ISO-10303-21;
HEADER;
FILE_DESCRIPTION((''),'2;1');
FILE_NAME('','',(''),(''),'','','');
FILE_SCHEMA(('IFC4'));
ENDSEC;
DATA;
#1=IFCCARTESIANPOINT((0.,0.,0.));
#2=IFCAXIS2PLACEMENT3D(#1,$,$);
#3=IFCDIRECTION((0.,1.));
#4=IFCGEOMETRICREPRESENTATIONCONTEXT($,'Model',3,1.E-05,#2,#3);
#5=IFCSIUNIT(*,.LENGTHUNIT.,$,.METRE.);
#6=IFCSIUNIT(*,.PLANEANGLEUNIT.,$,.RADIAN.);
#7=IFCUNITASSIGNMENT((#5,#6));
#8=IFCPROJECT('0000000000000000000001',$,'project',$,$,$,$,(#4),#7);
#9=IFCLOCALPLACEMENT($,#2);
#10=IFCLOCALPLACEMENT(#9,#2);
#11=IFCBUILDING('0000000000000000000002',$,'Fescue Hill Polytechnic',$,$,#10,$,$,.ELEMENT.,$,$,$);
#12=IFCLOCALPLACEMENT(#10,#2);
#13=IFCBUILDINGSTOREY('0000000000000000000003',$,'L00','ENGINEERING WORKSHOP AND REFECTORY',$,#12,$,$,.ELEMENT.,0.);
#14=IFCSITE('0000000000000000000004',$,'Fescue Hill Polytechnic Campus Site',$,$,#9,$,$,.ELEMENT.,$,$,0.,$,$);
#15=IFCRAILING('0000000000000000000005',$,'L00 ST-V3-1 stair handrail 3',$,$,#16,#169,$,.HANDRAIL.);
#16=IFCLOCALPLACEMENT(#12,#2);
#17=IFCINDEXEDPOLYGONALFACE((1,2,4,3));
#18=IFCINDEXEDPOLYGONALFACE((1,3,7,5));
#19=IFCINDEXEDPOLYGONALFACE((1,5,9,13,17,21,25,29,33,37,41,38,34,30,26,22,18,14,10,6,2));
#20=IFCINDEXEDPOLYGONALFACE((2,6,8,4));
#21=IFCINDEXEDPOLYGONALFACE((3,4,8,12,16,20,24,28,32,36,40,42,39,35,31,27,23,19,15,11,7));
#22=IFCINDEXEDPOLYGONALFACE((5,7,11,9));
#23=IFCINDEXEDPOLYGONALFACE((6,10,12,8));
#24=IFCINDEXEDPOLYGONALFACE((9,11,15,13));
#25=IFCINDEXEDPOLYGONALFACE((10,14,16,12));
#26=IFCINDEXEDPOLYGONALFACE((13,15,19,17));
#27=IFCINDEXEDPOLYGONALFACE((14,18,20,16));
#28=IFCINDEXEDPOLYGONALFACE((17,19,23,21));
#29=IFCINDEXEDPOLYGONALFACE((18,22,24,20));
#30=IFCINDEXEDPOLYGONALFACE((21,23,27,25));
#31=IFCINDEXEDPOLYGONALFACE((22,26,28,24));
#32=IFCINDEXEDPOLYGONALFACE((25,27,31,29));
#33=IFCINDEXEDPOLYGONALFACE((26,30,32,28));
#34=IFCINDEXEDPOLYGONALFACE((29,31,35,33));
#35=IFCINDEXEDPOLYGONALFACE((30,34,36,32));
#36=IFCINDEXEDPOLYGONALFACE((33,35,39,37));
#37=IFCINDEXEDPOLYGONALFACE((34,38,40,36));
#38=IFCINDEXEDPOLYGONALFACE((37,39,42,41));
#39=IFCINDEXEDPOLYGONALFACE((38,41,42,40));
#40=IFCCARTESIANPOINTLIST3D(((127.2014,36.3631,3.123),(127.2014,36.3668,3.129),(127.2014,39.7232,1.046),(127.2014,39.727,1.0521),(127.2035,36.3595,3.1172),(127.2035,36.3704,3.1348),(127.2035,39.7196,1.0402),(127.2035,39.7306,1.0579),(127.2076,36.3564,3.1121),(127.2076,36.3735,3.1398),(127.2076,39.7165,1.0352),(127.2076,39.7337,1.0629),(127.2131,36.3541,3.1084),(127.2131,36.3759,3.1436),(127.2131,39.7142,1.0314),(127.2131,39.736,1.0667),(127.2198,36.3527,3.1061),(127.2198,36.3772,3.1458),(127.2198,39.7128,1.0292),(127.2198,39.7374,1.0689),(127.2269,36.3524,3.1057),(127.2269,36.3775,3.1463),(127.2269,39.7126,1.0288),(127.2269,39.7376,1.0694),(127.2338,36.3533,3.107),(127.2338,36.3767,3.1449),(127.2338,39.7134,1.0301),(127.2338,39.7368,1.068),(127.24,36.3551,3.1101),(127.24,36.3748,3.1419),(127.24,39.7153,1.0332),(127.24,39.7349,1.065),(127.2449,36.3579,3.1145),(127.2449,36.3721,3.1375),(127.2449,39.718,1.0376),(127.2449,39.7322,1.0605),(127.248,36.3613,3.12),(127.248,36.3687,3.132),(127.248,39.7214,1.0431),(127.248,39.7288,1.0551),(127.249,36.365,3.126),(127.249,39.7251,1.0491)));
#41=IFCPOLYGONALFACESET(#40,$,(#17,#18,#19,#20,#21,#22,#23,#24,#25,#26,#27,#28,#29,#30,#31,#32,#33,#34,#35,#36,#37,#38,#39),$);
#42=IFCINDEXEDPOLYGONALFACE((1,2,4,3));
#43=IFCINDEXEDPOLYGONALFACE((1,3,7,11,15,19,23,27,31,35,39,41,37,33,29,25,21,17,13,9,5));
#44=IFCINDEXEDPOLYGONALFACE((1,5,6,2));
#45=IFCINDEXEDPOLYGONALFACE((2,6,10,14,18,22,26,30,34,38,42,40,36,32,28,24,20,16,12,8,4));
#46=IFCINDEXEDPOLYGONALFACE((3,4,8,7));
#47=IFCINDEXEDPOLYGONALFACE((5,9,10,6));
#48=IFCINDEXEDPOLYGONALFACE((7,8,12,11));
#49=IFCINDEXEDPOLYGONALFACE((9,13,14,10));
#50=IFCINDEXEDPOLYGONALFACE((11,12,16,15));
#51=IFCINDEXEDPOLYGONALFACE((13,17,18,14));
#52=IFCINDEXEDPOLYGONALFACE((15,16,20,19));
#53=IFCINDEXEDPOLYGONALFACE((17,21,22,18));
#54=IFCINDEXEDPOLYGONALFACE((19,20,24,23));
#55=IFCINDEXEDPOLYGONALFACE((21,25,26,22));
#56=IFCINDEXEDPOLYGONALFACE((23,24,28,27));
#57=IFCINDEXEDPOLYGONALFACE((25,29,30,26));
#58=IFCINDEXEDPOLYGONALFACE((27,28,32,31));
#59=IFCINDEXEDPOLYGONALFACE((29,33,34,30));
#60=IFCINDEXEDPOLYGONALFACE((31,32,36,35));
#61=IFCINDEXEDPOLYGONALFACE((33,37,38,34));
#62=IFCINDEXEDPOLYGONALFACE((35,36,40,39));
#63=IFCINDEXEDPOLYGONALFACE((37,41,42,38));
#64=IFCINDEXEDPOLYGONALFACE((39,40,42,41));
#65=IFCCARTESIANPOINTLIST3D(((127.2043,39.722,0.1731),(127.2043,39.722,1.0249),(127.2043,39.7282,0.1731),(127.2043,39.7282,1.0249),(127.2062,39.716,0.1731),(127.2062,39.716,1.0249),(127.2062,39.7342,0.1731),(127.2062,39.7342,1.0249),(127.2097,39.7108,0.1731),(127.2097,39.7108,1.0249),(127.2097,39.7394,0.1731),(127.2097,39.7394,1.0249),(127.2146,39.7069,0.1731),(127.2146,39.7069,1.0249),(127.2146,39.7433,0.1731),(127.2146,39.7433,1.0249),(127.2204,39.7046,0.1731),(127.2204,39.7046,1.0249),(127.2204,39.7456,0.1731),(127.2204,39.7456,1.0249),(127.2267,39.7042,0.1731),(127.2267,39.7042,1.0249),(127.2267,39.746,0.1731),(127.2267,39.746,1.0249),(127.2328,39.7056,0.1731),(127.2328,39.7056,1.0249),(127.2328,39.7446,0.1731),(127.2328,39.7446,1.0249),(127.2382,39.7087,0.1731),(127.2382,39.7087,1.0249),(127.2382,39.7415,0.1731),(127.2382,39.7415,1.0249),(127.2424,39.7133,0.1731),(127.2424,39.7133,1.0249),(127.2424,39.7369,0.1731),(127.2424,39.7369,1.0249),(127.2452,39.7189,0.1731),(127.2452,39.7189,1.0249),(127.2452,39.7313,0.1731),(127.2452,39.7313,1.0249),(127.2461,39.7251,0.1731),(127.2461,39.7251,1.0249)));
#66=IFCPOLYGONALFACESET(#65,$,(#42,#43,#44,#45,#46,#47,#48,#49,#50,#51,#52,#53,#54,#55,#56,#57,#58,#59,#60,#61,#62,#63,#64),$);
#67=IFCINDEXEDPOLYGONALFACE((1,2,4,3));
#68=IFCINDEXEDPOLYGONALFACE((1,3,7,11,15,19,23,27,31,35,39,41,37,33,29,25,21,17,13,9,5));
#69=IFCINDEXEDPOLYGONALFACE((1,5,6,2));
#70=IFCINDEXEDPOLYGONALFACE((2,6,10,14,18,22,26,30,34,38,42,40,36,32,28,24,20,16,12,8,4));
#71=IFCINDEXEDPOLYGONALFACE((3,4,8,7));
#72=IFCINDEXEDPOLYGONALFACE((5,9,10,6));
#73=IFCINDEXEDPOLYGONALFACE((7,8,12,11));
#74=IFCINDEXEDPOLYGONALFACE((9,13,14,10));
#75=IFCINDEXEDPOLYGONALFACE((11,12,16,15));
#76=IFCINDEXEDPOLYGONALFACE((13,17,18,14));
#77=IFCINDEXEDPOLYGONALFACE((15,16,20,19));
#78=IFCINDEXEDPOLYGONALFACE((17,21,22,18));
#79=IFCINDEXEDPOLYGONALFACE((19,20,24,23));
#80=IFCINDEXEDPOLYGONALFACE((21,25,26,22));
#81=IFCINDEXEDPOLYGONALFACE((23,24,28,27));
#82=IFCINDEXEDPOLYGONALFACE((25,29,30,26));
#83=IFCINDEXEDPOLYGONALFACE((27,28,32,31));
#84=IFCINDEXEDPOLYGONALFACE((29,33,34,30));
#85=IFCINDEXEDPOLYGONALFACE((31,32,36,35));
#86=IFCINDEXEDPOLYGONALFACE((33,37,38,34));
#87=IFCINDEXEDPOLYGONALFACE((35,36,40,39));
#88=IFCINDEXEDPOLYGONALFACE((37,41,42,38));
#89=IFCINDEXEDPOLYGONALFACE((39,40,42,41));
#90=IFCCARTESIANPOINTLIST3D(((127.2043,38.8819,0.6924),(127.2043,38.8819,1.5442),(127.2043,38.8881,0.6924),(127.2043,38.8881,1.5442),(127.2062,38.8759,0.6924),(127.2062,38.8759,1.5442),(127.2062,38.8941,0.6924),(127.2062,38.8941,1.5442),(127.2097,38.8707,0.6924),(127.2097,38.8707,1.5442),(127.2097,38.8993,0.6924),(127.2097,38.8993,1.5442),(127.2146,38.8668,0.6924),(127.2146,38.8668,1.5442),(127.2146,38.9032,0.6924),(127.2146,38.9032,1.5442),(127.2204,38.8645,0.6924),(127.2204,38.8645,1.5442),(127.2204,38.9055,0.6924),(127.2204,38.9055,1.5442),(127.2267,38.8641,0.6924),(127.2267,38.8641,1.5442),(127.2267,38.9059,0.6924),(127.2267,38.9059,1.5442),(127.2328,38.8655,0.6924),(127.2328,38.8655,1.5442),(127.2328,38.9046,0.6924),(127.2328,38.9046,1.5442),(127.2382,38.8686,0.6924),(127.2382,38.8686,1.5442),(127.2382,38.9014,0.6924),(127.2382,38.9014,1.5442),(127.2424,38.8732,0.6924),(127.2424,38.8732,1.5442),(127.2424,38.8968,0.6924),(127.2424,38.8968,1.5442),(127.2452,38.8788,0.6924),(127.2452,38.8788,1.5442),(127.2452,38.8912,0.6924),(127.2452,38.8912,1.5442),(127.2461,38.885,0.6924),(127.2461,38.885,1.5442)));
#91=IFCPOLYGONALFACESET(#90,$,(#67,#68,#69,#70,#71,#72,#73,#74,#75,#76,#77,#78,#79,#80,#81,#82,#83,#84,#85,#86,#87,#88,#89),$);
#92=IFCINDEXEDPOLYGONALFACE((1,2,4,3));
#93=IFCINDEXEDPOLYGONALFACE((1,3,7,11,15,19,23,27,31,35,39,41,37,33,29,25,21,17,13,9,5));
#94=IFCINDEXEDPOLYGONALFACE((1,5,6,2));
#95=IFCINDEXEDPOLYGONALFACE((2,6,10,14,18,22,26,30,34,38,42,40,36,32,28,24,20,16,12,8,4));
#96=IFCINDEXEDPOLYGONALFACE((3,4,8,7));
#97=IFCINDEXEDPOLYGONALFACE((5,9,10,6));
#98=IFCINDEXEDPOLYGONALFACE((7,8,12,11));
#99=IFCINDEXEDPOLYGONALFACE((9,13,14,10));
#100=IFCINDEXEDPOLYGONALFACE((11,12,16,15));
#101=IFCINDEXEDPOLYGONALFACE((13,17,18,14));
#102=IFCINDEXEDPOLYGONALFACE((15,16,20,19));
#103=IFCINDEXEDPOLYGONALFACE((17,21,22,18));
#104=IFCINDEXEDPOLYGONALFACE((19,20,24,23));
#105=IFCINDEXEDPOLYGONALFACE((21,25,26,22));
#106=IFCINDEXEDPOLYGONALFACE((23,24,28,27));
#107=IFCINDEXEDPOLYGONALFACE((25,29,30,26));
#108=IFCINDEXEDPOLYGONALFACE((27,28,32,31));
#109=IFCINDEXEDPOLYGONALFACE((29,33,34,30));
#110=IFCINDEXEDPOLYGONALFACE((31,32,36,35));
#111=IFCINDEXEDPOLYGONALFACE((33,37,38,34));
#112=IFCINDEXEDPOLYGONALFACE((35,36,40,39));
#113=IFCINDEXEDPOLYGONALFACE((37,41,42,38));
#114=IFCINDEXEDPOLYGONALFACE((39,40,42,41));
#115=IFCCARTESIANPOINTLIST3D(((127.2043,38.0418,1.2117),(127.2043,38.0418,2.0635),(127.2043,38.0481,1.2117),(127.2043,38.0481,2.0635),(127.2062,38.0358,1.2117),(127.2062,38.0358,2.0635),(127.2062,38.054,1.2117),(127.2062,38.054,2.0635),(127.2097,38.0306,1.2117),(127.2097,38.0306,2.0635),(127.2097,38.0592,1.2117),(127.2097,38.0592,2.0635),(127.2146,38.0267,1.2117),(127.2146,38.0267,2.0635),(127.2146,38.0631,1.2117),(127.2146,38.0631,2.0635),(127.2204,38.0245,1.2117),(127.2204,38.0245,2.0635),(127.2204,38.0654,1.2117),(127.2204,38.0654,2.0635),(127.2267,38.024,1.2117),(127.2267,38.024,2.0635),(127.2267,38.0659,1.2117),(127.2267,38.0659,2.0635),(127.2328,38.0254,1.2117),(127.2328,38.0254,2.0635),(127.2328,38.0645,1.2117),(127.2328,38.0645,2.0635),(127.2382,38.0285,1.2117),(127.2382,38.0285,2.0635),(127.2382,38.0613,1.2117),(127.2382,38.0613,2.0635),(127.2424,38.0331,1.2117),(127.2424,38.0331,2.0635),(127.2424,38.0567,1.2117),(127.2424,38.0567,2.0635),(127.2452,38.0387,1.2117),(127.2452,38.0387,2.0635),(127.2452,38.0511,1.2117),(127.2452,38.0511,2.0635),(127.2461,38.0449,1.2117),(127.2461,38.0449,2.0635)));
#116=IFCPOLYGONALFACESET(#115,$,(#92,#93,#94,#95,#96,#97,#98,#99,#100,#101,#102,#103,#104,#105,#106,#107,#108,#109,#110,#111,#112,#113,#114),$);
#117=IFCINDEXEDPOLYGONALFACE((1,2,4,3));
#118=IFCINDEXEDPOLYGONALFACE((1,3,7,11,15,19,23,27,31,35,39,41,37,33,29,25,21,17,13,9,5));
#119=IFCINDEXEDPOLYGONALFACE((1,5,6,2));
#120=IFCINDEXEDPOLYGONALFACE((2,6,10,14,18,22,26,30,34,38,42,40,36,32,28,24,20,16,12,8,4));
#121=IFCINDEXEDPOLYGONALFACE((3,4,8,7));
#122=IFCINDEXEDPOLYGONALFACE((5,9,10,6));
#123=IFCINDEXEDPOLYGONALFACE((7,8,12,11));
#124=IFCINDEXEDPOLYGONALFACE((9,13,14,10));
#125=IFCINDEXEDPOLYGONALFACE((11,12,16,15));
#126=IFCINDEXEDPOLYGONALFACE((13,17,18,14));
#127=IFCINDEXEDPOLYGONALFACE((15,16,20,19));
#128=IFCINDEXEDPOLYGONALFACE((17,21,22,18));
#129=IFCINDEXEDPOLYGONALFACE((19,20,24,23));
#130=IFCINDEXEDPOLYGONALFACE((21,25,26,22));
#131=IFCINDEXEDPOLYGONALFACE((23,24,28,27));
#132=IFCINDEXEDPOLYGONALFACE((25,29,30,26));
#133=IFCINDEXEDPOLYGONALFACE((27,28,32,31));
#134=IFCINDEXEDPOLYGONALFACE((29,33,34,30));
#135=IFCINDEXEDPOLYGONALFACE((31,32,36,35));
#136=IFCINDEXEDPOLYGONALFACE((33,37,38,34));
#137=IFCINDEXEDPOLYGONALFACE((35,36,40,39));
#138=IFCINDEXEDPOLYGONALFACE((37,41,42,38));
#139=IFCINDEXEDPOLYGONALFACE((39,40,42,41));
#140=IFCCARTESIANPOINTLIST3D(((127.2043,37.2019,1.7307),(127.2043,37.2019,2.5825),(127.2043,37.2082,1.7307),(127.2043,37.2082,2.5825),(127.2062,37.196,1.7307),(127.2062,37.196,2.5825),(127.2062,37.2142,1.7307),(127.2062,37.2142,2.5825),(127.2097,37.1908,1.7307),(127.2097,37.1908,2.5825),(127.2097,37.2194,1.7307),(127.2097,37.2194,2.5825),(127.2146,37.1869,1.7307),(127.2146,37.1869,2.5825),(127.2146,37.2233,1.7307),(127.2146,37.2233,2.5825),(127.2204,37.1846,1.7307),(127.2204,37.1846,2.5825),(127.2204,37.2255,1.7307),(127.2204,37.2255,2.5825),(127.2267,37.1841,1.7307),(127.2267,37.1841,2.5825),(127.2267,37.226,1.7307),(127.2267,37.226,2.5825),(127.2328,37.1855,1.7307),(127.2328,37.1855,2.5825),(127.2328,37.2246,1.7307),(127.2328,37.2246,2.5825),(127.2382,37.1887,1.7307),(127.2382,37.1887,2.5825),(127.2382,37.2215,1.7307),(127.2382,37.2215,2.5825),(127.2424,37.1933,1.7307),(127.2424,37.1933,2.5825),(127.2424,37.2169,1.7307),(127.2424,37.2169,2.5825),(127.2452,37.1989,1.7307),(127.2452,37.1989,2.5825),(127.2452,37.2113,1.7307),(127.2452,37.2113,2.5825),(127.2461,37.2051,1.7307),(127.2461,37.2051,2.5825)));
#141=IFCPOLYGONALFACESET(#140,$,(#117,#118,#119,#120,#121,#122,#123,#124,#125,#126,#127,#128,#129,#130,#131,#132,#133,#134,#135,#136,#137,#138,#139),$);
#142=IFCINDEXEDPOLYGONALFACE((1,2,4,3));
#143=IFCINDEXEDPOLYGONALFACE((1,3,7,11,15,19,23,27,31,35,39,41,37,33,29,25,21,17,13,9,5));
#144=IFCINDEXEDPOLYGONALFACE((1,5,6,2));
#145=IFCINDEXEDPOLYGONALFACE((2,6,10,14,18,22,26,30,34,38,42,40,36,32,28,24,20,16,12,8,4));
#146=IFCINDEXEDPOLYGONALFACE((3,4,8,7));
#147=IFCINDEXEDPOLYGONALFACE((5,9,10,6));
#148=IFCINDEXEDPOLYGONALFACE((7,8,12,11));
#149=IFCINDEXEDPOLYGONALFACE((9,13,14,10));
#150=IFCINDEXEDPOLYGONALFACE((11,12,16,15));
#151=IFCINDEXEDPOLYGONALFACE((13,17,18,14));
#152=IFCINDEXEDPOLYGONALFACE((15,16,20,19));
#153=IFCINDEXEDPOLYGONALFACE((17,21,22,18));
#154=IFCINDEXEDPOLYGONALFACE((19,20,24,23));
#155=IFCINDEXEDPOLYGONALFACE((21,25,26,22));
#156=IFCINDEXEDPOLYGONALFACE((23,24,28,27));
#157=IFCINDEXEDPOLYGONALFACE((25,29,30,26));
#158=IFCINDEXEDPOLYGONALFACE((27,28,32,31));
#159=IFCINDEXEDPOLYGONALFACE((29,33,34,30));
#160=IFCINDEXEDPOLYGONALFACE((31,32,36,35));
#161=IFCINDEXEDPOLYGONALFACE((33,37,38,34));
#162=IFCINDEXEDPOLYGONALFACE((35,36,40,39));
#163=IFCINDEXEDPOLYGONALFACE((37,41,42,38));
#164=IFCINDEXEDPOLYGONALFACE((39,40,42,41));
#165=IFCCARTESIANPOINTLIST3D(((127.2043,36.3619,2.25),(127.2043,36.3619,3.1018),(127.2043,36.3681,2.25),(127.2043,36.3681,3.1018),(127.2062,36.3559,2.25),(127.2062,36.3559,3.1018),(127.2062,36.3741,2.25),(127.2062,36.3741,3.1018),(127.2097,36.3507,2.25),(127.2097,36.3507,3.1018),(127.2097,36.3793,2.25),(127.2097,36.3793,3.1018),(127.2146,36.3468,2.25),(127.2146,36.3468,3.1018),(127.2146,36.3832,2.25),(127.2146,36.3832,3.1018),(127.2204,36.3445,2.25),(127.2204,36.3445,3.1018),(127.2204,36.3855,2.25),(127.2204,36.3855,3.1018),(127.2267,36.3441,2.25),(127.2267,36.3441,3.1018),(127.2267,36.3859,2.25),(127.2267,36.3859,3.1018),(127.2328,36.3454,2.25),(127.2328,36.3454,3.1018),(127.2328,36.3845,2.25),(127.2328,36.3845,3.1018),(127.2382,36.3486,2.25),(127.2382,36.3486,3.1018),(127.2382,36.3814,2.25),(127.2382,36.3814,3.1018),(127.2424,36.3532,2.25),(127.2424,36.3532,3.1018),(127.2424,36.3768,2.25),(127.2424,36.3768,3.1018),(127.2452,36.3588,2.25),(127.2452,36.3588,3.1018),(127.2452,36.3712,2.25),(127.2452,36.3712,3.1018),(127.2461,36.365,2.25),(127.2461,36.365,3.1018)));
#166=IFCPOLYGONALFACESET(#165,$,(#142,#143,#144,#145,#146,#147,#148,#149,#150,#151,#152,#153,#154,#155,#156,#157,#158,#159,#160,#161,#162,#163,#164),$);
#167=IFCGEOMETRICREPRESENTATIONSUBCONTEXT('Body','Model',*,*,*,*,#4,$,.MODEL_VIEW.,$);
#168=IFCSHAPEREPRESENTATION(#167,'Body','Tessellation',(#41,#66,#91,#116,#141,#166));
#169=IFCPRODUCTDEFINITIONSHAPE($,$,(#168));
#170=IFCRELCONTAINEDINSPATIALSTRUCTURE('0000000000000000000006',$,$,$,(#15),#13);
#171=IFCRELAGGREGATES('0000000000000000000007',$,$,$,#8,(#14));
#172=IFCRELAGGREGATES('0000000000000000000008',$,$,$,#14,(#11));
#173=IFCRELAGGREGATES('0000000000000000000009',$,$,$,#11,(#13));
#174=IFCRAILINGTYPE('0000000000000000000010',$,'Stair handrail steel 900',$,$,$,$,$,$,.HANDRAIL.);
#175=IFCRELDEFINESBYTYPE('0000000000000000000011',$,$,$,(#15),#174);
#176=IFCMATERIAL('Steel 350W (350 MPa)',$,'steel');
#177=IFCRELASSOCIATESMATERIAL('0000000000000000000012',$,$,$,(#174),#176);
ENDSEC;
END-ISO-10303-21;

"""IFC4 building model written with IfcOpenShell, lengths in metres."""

from ifc_helpers import new_model, si_unit, direction, frame, origin, origin_2d, place, context, subcontext, project, spatial, circle, extrude, material, type_object, element, save


model = new_model("IFC4")

# Units and contexts
model_context = context("Model", 3, precision=1e-05, world=origin(), true_north=direction((0.0, 1.0)))
body_context = subcontext(model_context, "Body", "Model", "MODEL_VIEW")
ifc_project = project(units=[si_unit("LENGTHUNIT", "METRE"), si_unit("PLANEANGLEUNIT", "RADIAN")], contexts=[model_context])

# Site, building, storey
site_placement = place(None, origin())
site = spatial("IfcSite", under=ifc_project, at=site_placement, Name="Fescue Hill Polytechnic Campus Site", CompositionType="ELEMENT", RefElevation=0.0)
building_placement = place(site_placement, origin())
building = spatial("IfcBuilding", under=site, at=building_placement, Name="Fescue Hill Polytechnic", CompositionType="ELEMENT")
storey_placement = place(building_placement, origin())
storey = spatial("IfcBuildingStorey", under=building, at=storey_placement, Name="L00", Description="ENGINEERING WORKSHOP AND REFECTORY", CompositionType="ELEMENT", Elevation=0.0)

# Railing
ifc_material_1 = material(Name="Steel 350W (350 MPa)", Category="steel")
railing_type_1 = type_object("IfcRailingType", Name="Stair handrail steel 900", PredefinedType="HANDRAIL", material=ifc_material_1)
railing_1_placement = place(storey_placement, frame((127.2251, 39.7251, 0.1731)))
element("IfcRailing", 1, at=railing_1_placement, inside=storey, type_object=railing_type_1, Name="L00 ST-V3-1 stair handrail 3", PredefinedType="HANDRAIL", context=body_context, shape_type="SweptSolid", body=[
    extrude(circle(Radius=0.0239, at=origin_2d()), frame((0.0, 0.0, 0.876), z_axis=(0.0, -0.850623, 0.525776), x_axis=(1.0, 0.0, 0.0)), (0.0, 0.0, 1.0), 3.9502),
    extrude(circle(Radius=0.021, at=origin_2d()), origin(), (0.0, 0.0, 1.0), 0.8518),
    extrude(circle(Radius=0.021, at=origin_2d()), frame((0.0, -0.8401, 0.5193)), (0.0, 0.0, 1.0), 0.8518),
    extrude(circle(Radius=0.021, at=origin_2d()), frame((0.0, -1.6802, 1.0386)), (0.0, 0.0, 1.0), 0.8518),
    extrude(circle(Radius=0.021, at=origin_2d()), frame((0.0, -2.52, 1.5576)), (0.0, 0.0, 1.0), 0.8518),
    extrude(circle(Radius=0.021, at=origin_2d()), frame((0.0, -3.3601, 2.0769)), (0.0, 0.0, 1.0), 0.8518),
])

save(model, "model.ifc")
